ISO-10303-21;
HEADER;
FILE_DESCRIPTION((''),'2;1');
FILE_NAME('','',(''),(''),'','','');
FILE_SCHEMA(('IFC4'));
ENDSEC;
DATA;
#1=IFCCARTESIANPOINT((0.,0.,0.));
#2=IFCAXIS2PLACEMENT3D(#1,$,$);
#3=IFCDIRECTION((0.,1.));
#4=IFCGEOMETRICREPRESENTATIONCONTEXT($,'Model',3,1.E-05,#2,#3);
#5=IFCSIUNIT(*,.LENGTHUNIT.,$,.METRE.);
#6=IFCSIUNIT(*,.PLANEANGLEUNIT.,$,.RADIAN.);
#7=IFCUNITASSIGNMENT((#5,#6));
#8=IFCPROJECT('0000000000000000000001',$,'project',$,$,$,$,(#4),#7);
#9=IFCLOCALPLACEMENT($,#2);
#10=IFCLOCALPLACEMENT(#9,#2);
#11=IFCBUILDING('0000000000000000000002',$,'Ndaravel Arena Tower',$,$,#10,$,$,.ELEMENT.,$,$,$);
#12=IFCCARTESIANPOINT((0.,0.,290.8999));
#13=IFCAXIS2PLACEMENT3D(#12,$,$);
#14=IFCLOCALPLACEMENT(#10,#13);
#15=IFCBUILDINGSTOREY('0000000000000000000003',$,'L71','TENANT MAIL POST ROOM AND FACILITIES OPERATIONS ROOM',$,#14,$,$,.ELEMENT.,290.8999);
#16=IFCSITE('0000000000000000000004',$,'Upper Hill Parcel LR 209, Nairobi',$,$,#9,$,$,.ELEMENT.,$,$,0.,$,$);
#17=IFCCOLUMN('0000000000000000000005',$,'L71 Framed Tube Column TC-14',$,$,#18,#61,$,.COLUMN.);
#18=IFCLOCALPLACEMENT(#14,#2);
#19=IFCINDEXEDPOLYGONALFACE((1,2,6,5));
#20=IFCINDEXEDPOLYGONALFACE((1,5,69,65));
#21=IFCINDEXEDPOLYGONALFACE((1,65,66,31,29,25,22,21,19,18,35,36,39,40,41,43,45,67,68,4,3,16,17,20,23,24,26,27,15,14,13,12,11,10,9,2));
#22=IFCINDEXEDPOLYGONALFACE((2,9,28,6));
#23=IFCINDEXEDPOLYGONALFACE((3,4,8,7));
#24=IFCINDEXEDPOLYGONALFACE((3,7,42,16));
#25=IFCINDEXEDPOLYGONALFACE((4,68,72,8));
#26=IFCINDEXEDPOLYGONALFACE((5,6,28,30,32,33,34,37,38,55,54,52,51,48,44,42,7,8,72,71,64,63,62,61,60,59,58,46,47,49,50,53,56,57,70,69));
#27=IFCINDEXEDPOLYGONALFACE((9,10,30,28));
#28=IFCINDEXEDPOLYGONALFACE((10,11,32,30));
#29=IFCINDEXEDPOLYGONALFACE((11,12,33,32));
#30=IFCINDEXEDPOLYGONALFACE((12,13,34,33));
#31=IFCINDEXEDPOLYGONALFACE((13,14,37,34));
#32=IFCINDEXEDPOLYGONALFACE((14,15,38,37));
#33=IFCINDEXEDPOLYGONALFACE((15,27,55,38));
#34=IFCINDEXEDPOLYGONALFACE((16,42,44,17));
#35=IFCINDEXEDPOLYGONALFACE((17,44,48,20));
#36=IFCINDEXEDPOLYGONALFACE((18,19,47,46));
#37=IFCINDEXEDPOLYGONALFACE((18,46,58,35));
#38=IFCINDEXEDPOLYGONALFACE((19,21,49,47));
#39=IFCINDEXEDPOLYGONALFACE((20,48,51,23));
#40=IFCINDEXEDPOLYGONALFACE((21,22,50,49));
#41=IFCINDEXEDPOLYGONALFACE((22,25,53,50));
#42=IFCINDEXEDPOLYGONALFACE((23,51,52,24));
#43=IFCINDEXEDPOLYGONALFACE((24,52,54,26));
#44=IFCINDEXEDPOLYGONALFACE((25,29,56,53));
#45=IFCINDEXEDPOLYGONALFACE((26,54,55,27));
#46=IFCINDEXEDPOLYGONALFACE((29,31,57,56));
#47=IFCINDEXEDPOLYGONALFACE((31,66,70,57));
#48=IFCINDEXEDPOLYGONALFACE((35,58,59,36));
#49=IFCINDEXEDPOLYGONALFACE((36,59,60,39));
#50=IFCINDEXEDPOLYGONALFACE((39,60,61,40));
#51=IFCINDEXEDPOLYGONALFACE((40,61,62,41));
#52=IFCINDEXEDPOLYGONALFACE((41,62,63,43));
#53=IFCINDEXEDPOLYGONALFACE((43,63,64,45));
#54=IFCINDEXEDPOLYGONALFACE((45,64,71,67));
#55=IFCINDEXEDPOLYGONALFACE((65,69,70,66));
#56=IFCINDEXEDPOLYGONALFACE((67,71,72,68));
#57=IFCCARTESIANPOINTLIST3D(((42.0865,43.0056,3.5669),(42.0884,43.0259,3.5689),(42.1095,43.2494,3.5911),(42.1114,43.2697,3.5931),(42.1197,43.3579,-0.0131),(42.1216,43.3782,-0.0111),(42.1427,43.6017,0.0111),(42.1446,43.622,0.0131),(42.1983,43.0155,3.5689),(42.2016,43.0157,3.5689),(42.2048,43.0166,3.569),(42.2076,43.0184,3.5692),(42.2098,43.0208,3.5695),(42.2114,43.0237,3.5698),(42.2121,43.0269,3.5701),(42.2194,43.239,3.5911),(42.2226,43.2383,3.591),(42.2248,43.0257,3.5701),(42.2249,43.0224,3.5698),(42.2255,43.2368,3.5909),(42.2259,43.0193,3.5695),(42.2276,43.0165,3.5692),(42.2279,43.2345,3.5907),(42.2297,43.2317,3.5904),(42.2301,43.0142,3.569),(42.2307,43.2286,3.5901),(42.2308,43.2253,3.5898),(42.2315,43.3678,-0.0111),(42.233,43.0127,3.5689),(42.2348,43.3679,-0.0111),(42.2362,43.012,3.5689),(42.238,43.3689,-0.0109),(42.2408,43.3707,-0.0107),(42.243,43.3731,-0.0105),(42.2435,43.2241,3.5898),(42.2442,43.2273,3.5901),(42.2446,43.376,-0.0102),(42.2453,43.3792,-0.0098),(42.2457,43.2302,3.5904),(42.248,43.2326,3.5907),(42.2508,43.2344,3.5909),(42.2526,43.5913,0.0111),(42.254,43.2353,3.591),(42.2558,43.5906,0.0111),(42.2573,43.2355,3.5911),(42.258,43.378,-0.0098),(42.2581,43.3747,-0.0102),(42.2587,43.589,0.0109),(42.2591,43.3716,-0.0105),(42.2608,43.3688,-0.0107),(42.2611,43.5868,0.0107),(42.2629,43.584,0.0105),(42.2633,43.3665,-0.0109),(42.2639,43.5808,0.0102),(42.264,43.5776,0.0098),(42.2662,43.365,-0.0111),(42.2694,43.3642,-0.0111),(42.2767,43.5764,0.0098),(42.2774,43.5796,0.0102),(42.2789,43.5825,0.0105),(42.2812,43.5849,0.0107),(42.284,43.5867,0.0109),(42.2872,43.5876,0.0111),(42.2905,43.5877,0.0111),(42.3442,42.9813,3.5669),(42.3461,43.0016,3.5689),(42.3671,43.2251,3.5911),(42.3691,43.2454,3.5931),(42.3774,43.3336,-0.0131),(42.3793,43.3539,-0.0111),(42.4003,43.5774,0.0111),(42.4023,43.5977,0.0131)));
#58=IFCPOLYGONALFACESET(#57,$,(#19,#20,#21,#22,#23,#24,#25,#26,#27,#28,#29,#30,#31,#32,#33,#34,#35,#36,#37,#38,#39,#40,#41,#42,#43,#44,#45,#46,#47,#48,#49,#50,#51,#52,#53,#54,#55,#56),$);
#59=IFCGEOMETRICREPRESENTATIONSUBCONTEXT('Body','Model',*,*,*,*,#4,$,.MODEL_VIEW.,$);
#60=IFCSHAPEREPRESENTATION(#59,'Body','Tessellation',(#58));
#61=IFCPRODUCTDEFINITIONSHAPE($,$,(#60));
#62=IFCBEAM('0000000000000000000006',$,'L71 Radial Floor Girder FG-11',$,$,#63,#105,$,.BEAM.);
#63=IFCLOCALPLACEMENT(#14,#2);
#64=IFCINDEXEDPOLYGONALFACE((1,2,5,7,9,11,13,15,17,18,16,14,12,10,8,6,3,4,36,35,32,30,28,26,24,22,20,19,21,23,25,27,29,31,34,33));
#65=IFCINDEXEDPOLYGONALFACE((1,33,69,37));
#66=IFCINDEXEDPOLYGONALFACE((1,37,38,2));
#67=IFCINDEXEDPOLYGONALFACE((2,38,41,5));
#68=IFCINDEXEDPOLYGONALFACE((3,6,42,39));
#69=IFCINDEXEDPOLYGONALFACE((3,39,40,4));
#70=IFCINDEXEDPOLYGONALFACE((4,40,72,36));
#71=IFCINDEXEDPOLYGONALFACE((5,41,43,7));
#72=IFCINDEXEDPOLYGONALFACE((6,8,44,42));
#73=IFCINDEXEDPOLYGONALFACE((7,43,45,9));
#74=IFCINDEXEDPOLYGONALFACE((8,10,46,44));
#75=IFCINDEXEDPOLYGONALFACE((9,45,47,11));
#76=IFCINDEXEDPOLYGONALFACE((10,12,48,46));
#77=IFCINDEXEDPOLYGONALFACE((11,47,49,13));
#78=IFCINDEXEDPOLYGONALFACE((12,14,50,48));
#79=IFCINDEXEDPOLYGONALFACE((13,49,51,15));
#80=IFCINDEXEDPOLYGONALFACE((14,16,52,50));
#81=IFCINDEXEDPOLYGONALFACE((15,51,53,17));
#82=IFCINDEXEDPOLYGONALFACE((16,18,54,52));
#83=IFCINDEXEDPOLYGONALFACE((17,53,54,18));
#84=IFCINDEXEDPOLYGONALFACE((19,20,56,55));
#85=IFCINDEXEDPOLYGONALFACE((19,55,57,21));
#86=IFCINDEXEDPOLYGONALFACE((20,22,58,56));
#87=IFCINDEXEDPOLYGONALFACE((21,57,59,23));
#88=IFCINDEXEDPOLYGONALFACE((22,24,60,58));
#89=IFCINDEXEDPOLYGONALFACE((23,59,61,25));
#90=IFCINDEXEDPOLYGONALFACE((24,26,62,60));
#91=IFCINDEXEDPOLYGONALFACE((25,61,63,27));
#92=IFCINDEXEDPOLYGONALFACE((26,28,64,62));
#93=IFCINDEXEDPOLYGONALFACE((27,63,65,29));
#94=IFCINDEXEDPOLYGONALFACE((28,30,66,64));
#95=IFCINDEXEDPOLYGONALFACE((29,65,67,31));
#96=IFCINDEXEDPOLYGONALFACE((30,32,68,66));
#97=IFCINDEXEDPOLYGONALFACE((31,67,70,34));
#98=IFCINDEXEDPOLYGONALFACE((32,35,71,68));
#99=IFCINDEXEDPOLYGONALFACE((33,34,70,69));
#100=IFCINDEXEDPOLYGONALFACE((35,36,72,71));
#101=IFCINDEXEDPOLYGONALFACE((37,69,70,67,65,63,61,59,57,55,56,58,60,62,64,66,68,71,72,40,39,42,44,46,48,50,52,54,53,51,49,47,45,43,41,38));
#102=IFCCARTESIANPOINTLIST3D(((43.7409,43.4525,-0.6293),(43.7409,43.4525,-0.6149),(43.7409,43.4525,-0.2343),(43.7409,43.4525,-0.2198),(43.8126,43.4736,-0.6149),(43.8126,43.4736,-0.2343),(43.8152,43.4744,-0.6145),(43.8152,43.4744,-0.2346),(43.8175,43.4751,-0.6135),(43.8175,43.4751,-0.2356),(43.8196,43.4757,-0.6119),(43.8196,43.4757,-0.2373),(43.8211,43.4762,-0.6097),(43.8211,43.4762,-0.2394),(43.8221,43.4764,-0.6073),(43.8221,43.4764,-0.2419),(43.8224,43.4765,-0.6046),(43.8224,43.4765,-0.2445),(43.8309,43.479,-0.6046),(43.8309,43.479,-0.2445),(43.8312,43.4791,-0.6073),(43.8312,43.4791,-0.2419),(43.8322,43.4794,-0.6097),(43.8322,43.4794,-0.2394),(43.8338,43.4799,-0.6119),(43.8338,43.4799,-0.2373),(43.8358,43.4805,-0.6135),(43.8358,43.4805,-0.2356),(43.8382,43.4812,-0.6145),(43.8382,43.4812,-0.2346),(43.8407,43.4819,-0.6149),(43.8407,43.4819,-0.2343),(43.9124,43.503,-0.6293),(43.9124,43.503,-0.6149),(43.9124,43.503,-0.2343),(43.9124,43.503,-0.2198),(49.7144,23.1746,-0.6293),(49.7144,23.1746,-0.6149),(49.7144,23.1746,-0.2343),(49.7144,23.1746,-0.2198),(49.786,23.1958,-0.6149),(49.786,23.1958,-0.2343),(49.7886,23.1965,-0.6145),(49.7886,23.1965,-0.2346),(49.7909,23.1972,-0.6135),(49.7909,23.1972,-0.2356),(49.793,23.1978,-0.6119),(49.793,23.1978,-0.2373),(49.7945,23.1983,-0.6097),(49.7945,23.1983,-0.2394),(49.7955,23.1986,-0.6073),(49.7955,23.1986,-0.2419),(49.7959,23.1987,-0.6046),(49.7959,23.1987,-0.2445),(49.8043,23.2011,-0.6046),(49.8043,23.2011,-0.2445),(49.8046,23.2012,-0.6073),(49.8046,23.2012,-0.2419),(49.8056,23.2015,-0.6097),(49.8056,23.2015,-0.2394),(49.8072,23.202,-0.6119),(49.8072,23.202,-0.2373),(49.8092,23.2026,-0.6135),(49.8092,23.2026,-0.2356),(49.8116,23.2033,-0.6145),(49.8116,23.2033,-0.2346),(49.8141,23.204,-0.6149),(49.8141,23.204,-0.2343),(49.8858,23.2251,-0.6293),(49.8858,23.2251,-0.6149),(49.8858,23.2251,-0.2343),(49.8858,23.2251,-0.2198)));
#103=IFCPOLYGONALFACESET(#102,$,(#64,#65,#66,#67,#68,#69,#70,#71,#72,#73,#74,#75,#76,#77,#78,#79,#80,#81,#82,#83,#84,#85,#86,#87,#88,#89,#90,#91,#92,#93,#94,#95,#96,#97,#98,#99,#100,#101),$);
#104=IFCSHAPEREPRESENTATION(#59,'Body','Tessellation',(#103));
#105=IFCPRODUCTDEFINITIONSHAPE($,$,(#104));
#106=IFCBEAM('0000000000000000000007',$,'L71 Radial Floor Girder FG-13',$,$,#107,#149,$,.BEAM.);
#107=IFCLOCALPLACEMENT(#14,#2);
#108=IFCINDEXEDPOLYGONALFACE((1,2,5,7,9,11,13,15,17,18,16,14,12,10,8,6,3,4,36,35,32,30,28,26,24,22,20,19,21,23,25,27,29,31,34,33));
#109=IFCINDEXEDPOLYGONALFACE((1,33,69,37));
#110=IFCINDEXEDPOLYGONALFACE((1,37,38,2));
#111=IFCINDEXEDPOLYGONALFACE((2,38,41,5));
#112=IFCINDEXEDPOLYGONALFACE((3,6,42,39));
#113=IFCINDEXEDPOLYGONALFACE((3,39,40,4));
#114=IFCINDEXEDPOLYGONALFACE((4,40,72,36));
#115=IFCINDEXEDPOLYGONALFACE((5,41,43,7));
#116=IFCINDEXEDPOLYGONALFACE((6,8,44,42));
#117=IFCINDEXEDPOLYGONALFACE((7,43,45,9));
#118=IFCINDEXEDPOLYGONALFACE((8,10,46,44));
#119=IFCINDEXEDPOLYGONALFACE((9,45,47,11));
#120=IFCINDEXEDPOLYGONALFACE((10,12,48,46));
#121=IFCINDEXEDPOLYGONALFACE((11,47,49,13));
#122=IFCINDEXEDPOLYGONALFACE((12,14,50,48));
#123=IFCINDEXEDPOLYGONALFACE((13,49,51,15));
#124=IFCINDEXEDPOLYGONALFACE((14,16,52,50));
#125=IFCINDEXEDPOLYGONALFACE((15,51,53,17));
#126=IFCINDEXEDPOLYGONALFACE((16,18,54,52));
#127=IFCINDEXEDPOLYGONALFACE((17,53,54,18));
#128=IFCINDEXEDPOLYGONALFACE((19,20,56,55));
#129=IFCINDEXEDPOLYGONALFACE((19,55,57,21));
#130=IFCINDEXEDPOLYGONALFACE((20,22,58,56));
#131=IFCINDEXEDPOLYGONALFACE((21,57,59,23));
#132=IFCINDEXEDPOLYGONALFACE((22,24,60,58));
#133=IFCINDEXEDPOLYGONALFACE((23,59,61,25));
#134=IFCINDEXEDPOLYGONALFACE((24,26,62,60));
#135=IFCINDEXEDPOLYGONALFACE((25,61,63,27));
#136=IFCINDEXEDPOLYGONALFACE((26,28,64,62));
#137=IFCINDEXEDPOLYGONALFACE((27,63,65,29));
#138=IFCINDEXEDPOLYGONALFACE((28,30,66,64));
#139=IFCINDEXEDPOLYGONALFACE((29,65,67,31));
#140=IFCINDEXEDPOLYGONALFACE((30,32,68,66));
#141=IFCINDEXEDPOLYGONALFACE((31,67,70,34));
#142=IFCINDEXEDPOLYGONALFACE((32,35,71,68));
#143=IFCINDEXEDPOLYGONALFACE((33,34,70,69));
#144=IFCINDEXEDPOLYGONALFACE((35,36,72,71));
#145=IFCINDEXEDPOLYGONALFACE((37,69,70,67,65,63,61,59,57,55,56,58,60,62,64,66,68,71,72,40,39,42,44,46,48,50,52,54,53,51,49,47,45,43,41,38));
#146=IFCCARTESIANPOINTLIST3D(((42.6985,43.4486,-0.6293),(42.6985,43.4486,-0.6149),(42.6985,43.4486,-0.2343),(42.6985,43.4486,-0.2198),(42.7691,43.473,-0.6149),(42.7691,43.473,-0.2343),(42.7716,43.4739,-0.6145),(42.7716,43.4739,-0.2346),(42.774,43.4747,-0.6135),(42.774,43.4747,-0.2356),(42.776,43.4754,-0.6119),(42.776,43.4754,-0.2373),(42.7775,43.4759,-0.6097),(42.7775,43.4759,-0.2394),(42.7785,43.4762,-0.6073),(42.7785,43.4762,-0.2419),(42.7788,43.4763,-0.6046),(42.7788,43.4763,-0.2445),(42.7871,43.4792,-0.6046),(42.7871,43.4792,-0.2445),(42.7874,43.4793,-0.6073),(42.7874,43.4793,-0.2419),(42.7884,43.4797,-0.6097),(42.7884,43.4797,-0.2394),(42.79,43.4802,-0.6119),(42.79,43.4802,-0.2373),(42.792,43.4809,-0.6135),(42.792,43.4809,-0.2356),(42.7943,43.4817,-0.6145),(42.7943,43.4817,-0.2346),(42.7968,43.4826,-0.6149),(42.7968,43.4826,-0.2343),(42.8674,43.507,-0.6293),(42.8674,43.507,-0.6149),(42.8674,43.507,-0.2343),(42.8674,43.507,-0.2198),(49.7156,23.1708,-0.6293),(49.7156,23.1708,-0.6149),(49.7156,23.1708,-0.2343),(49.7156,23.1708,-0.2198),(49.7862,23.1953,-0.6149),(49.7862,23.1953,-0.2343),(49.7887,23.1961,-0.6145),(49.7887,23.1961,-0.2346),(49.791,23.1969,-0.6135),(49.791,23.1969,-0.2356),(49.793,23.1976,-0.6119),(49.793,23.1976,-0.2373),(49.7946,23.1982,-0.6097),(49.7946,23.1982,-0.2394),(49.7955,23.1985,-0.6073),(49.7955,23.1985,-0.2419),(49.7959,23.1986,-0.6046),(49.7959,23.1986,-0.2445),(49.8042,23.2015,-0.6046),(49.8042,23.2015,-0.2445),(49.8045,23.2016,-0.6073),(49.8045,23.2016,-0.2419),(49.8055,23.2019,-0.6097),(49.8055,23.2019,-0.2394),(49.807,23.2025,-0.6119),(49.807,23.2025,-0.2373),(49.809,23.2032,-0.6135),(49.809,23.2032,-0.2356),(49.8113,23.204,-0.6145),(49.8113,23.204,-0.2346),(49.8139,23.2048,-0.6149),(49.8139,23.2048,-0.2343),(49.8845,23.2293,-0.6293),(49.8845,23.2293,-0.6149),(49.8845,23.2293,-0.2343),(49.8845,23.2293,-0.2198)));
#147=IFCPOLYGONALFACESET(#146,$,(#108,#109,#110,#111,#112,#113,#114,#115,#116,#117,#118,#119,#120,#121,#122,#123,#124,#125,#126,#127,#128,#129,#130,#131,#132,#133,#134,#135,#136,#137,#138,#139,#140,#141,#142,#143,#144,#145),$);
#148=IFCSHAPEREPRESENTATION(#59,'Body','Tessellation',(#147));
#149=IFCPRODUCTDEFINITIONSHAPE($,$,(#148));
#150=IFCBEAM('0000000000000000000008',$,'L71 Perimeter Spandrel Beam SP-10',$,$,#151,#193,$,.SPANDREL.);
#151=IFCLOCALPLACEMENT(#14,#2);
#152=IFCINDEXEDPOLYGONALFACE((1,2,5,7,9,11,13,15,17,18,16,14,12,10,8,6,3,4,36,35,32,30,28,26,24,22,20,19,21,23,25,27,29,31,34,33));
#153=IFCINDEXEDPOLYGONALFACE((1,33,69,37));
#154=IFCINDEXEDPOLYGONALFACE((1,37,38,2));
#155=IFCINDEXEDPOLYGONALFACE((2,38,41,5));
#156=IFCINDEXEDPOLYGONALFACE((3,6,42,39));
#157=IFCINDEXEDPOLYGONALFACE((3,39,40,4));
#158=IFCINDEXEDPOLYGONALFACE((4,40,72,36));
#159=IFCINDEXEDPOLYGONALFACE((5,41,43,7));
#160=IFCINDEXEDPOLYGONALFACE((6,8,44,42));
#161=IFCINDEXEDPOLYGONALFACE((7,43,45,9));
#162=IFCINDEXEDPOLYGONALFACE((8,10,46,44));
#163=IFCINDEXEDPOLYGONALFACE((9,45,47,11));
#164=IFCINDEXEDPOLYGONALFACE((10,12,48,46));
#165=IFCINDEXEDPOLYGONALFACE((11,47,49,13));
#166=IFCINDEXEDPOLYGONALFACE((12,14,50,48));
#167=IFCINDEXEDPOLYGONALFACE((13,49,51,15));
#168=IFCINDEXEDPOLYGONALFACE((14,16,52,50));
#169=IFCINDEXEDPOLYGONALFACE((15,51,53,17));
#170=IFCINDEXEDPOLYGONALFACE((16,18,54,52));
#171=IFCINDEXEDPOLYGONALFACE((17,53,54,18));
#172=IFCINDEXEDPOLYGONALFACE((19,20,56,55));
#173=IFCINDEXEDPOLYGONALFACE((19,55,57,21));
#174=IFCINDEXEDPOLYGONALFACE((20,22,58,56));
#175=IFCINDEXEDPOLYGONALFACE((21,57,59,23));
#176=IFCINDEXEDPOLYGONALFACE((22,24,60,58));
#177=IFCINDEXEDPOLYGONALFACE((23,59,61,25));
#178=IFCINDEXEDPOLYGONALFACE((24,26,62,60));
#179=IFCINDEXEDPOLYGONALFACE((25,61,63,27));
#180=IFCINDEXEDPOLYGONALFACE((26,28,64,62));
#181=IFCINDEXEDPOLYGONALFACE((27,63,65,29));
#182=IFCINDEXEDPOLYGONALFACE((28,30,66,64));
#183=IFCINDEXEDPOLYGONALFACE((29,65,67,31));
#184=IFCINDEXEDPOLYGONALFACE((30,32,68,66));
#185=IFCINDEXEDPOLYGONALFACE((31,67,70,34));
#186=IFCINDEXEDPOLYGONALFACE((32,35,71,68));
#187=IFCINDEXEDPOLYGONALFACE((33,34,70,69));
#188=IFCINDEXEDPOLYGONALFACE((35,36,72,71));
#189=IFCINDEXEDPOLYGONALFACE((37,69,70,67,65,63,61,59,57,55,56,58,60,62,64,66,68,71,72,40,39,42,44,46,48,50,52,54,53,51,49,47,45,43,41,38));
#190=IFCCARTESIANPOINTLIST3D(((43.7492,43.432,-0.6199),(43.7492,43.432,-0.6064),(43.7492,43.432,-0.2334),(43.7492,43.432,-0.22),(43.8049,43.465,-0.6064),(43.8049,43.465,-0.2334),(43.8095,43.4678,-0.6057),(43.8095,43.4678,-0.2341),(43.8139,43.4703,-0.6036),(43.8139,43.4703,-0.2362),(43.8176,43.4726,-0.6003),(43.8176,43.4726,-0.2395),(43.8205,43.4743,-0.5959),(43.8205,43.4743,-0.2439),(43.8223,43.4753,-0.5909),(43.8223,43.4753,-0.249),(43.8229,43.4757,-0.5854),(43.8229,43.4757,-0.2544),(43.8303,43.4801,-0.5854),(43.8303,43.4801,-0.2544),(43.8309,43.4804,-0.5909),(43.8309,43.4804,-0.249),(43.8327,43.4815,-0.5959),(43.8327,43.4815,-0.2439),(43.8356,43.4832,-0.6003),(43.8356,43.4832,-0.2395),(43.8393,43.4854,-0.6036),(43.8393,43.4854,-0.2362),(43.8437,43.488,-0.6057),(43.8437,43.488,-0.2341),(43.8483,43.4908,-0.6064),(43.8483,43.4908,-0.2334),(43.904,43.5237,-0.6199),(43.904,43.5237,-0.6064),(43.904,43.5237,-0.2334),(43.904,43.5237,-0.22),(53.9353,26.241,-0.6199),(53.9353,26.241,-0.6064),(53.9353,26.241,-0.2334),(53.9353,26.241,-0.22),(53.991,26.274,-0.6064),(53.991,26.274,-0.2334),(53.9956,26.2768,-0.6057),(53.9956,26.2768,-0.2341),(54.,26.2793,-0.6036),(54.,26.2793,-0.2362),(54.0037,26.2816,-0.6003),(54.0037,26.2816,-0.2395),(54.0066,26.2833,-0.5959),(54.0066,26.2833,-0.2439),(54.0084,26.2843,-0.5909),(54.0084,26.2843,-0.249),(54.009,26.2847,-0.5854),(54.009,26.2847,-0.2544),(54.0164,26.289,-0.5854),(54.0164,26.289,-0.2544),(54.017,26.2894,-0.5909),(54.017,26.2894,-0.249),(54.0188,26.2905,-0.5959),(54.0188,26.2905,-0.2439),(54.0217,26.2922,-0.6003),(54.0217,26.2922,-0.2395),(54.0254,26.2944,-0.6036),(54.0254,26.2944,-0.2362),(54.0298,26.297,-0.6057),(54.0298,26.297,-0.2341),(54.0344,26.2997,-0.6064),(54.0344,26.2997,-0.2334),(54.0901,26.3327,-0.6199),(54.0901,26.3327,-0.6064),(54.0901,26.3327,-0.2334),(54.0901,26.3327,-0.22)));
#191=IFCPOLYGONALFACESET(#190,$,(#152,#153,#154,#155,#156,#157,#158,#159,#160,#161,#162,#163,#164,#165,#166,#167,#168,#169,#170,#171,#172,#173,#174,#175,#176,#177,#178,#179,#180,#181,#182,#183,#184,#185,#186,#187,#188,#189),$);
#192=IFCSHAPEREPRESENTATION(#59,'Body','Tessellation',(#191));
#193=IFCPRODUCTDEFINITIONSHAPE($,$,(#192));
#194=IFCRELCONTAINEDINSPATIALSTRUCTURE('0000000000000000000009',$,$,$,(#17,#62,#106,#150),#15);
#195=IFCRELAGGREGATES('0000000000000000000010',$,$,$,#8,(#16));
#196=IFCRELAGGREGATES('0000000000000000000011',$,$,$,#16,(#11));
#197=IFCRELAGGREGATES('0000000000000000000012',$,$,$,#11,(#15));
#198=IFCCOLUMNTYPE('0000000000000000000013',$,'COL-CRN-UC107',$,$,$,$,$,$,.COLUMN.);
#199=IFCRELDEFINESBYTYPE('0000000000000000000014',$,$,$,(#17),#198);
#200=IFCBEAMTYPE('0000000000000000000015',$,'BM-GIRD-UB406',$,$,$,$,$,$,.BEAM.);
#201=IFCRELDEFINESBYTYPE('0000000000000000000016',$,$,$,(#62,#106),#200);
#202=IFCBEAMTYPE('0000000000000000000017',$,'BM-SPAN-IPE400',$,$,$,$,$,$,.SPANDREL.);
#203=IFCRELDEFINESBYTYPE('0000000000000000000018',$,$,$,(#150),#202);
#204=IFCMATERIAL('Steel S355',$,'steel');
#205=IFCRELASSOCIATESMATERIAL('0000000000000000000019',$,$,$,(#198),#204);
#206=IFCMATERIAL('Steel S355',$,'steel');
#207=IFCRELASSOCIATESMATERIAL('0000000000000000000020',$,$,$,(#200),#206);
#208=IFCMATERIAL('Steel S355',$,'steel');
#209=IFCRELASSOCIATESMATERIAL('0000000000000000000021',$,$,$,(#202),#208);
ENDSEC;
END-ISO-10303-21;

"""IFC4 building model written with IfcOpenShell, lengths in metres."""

from ifc_helpers import new_model, si_unit, direction, frame, origin, origin_2d, place, context, subcontext, project, spatial, i_section, extrude, material, material_profile, profile_set, type_object, element, save


model = new_model("IFC4")

# Units and contexts
model_context = context("Model", 3, precision=1e-05, world=origin(), true_north=direction((0.0, 1.0)))
body_context = subcontext(model_context, "Body", "Model", "MODEL_VIEW")
ifc_project = project(units=[si_unit("LENGTHUNIT", "METRE"), si_unit("PLANEANGLEUNIT", "RADIAN")], contexts=[model_context])

# Site, building, storey
site_placement = place(None, origin())
site = spatial("IfcSite", under=ifc_project, at=site_placement, Name="Upper Hill Parcel LR 209, Nairobi", CompositionType="ELEMENT", RefElevation=0.0)
building_placement = place(site_placement, origin())
building = spatial("IfcBuilding", under=site, at=building_placement, Name="Ndaravel Arena Tower", CompositionType="ELEMENT")
storey_placement = place(building_placement, frame((0.0, 0.0, 290.8999)))
storey = spatial("IfcBuildingStorey", under=building, at=storey_placement, Name="L71", Description="TENANT MAIL POST ROOM AND FACILITIES OPERATIONS ROOM", CompositionType="ELEMENT", Elevation=290.8999)

# Column
ifc_material_1 = material(Name="Steel S355", Category="steel")
ifc_material_profile_1 = material_profile(ifc_material_1, i_section(OverallWidth=0.2588, OverallDepth=0.2666, WebThickness=0.0127, FlangeThickness=0.0205, FilletRadius=0.0127, at=origin_2d()), Name="UC 254x254x107")
ifc_profile_set_1 = profile_set([ifc_material_profile_1], Name="Steel S355")
column_type = type_object("IfcColumnType", Name="COL-CRN-UC107", PredefinedType="COLUMN", material=ifc_profile_set_1)
column_1_placement = place(storey_placement, frame((42.261, 43.4778, 0.0), z_axis=(-0.009229, -0.097927, 0.995151), x_axis=(0.995588, -0.093832, 0.0)))
element("IfcColumn", 1, at=column_1_placement, inside=storey, type_object=column_type, Name="L71 Framed Tube Column TC-14", PredefinedType="COLUMN", context=body_context, shape_type="SweptSolid", body=[
    extrude(i_section(OverallWidth=0.2588, OverallDepth=0.2666, WebThickness=0.0127, FlangeThickness=0.0205, FilletRadius=0.0127, at=origin_2d()), origin(), (0.0, 0.0, 1.0), 3.5974),
])

# Beams
ifc_material_2 = material(Name="Steel S355", Category="steel")
ifc_material_profile_2 = material_profile(ifc_material_2, i_section(OverallWidth=0.1787, OverallDepth=0.4094, WebThickness=0.0088, FlangeThickness=0.0144, FilletRadius=0.0103, at=origin_2d()), Name="UB 406x178x67")
ifc_profile_set_2 = profile_set([ifc_material_profile_2], Name="Steel S355")
beam_type_1 = type_object("IfcBeamType", Name="BM-GIRD-UB406", PredefinedType="BEAM", material=ifc_profile_set_2)
beam_1_placement = place(storey_placement, frame((43.8267, 43.4778, -0.4246), z_axis=(0.282572, -0.959246, 0.0), x_axis=(0.959246, 0.282572, 0.0)))
element("IfcBeam", 2, at=beam_1_placement, inside=storey, type_object=beam_type_1, Name="L71 Radial Floor Girder FG-11", PredefinedType="BEAM", context=body_context, shape_type="SweptSolid", body=[
    extrude(i_section(OverallWidth=0.1787, OverallDepth=0.4094, WebThickness=0.0088, FlangeThickness=0.0144, FilletRadius=0.0103, at=origin_2d()), origin(), (0.0, 0.0, 1.0), 21.1394),
])
beam_2_placement = place(storey_placement, frame((42.783, 43.4778, -0.4246), z_axis=(0.327021, -0.945017, 0.0), x_axis=(0.945017, 0.327021, 0.0)))
element("IfcBeam", 3, at=beam_2_placement, inside=storey, type_object=beam_type_1, Name="L71 Radial Floor Girder FG-13", PredefinedType="BEAM", context=body_context, shape_type="SweptSolid", body=[
    extrude(i_section(OverallWidth=0.1787, OverallDepth=0.4094, WebThickness=0.0088, FlangeThickness=0.0144, FilletRadius=0.0103, at=origin_2d()), origin(), (0.0, 0.0, 1.0), 21.4575),
])
ifc_material_3 = material(Name="Steel S355", Category="steel")
ifc_material_profile_3 = material_profile(ifc_material_3, i_section(OverallWidth=0.1799, OverallDepth=0.3999, WebThickness=0.0085, FlangeThickness=0.0134, FilletRadius=0.021, at=origin_2d()), Name="IPE 400")
ifc_profile_set_3 = profile_set([ifc_material_profile_3], Name="Steel S355")
beam_type_2 = type_object("IfcBeamType", Name="BM-SPAN-IPE400", PredefinedType="SPANDREL", material=ifc_profile_set_3)
beam_3_placement = place(storey_placement, frame((54.0127, 26.2869, -0.4199), z_axis=(-0.509759, 0.860317, 0.0), x_axis=(-0.860317, -0.509759, 0.0)))
element("IfcBeam", 4, at=beam_3_placement, inside=storey, type_object=beam_type_2, Name="L71 Perimeter Spandrel Beam SP-10", PredefinedType="SPANDREL", context=body_context, shape_type="SweptSolid", body=[
    extrude(i_section(OverallWidth=0.1799, OverallDepth=0.3999, WebThickness=0.0085, FlangeThickness=0.0134, FilletRadius=0.021, at=origin_2d()), origin(), (0.0, 0.0, 1.0), 19.9822),
])

save(model, "model.ifc")
